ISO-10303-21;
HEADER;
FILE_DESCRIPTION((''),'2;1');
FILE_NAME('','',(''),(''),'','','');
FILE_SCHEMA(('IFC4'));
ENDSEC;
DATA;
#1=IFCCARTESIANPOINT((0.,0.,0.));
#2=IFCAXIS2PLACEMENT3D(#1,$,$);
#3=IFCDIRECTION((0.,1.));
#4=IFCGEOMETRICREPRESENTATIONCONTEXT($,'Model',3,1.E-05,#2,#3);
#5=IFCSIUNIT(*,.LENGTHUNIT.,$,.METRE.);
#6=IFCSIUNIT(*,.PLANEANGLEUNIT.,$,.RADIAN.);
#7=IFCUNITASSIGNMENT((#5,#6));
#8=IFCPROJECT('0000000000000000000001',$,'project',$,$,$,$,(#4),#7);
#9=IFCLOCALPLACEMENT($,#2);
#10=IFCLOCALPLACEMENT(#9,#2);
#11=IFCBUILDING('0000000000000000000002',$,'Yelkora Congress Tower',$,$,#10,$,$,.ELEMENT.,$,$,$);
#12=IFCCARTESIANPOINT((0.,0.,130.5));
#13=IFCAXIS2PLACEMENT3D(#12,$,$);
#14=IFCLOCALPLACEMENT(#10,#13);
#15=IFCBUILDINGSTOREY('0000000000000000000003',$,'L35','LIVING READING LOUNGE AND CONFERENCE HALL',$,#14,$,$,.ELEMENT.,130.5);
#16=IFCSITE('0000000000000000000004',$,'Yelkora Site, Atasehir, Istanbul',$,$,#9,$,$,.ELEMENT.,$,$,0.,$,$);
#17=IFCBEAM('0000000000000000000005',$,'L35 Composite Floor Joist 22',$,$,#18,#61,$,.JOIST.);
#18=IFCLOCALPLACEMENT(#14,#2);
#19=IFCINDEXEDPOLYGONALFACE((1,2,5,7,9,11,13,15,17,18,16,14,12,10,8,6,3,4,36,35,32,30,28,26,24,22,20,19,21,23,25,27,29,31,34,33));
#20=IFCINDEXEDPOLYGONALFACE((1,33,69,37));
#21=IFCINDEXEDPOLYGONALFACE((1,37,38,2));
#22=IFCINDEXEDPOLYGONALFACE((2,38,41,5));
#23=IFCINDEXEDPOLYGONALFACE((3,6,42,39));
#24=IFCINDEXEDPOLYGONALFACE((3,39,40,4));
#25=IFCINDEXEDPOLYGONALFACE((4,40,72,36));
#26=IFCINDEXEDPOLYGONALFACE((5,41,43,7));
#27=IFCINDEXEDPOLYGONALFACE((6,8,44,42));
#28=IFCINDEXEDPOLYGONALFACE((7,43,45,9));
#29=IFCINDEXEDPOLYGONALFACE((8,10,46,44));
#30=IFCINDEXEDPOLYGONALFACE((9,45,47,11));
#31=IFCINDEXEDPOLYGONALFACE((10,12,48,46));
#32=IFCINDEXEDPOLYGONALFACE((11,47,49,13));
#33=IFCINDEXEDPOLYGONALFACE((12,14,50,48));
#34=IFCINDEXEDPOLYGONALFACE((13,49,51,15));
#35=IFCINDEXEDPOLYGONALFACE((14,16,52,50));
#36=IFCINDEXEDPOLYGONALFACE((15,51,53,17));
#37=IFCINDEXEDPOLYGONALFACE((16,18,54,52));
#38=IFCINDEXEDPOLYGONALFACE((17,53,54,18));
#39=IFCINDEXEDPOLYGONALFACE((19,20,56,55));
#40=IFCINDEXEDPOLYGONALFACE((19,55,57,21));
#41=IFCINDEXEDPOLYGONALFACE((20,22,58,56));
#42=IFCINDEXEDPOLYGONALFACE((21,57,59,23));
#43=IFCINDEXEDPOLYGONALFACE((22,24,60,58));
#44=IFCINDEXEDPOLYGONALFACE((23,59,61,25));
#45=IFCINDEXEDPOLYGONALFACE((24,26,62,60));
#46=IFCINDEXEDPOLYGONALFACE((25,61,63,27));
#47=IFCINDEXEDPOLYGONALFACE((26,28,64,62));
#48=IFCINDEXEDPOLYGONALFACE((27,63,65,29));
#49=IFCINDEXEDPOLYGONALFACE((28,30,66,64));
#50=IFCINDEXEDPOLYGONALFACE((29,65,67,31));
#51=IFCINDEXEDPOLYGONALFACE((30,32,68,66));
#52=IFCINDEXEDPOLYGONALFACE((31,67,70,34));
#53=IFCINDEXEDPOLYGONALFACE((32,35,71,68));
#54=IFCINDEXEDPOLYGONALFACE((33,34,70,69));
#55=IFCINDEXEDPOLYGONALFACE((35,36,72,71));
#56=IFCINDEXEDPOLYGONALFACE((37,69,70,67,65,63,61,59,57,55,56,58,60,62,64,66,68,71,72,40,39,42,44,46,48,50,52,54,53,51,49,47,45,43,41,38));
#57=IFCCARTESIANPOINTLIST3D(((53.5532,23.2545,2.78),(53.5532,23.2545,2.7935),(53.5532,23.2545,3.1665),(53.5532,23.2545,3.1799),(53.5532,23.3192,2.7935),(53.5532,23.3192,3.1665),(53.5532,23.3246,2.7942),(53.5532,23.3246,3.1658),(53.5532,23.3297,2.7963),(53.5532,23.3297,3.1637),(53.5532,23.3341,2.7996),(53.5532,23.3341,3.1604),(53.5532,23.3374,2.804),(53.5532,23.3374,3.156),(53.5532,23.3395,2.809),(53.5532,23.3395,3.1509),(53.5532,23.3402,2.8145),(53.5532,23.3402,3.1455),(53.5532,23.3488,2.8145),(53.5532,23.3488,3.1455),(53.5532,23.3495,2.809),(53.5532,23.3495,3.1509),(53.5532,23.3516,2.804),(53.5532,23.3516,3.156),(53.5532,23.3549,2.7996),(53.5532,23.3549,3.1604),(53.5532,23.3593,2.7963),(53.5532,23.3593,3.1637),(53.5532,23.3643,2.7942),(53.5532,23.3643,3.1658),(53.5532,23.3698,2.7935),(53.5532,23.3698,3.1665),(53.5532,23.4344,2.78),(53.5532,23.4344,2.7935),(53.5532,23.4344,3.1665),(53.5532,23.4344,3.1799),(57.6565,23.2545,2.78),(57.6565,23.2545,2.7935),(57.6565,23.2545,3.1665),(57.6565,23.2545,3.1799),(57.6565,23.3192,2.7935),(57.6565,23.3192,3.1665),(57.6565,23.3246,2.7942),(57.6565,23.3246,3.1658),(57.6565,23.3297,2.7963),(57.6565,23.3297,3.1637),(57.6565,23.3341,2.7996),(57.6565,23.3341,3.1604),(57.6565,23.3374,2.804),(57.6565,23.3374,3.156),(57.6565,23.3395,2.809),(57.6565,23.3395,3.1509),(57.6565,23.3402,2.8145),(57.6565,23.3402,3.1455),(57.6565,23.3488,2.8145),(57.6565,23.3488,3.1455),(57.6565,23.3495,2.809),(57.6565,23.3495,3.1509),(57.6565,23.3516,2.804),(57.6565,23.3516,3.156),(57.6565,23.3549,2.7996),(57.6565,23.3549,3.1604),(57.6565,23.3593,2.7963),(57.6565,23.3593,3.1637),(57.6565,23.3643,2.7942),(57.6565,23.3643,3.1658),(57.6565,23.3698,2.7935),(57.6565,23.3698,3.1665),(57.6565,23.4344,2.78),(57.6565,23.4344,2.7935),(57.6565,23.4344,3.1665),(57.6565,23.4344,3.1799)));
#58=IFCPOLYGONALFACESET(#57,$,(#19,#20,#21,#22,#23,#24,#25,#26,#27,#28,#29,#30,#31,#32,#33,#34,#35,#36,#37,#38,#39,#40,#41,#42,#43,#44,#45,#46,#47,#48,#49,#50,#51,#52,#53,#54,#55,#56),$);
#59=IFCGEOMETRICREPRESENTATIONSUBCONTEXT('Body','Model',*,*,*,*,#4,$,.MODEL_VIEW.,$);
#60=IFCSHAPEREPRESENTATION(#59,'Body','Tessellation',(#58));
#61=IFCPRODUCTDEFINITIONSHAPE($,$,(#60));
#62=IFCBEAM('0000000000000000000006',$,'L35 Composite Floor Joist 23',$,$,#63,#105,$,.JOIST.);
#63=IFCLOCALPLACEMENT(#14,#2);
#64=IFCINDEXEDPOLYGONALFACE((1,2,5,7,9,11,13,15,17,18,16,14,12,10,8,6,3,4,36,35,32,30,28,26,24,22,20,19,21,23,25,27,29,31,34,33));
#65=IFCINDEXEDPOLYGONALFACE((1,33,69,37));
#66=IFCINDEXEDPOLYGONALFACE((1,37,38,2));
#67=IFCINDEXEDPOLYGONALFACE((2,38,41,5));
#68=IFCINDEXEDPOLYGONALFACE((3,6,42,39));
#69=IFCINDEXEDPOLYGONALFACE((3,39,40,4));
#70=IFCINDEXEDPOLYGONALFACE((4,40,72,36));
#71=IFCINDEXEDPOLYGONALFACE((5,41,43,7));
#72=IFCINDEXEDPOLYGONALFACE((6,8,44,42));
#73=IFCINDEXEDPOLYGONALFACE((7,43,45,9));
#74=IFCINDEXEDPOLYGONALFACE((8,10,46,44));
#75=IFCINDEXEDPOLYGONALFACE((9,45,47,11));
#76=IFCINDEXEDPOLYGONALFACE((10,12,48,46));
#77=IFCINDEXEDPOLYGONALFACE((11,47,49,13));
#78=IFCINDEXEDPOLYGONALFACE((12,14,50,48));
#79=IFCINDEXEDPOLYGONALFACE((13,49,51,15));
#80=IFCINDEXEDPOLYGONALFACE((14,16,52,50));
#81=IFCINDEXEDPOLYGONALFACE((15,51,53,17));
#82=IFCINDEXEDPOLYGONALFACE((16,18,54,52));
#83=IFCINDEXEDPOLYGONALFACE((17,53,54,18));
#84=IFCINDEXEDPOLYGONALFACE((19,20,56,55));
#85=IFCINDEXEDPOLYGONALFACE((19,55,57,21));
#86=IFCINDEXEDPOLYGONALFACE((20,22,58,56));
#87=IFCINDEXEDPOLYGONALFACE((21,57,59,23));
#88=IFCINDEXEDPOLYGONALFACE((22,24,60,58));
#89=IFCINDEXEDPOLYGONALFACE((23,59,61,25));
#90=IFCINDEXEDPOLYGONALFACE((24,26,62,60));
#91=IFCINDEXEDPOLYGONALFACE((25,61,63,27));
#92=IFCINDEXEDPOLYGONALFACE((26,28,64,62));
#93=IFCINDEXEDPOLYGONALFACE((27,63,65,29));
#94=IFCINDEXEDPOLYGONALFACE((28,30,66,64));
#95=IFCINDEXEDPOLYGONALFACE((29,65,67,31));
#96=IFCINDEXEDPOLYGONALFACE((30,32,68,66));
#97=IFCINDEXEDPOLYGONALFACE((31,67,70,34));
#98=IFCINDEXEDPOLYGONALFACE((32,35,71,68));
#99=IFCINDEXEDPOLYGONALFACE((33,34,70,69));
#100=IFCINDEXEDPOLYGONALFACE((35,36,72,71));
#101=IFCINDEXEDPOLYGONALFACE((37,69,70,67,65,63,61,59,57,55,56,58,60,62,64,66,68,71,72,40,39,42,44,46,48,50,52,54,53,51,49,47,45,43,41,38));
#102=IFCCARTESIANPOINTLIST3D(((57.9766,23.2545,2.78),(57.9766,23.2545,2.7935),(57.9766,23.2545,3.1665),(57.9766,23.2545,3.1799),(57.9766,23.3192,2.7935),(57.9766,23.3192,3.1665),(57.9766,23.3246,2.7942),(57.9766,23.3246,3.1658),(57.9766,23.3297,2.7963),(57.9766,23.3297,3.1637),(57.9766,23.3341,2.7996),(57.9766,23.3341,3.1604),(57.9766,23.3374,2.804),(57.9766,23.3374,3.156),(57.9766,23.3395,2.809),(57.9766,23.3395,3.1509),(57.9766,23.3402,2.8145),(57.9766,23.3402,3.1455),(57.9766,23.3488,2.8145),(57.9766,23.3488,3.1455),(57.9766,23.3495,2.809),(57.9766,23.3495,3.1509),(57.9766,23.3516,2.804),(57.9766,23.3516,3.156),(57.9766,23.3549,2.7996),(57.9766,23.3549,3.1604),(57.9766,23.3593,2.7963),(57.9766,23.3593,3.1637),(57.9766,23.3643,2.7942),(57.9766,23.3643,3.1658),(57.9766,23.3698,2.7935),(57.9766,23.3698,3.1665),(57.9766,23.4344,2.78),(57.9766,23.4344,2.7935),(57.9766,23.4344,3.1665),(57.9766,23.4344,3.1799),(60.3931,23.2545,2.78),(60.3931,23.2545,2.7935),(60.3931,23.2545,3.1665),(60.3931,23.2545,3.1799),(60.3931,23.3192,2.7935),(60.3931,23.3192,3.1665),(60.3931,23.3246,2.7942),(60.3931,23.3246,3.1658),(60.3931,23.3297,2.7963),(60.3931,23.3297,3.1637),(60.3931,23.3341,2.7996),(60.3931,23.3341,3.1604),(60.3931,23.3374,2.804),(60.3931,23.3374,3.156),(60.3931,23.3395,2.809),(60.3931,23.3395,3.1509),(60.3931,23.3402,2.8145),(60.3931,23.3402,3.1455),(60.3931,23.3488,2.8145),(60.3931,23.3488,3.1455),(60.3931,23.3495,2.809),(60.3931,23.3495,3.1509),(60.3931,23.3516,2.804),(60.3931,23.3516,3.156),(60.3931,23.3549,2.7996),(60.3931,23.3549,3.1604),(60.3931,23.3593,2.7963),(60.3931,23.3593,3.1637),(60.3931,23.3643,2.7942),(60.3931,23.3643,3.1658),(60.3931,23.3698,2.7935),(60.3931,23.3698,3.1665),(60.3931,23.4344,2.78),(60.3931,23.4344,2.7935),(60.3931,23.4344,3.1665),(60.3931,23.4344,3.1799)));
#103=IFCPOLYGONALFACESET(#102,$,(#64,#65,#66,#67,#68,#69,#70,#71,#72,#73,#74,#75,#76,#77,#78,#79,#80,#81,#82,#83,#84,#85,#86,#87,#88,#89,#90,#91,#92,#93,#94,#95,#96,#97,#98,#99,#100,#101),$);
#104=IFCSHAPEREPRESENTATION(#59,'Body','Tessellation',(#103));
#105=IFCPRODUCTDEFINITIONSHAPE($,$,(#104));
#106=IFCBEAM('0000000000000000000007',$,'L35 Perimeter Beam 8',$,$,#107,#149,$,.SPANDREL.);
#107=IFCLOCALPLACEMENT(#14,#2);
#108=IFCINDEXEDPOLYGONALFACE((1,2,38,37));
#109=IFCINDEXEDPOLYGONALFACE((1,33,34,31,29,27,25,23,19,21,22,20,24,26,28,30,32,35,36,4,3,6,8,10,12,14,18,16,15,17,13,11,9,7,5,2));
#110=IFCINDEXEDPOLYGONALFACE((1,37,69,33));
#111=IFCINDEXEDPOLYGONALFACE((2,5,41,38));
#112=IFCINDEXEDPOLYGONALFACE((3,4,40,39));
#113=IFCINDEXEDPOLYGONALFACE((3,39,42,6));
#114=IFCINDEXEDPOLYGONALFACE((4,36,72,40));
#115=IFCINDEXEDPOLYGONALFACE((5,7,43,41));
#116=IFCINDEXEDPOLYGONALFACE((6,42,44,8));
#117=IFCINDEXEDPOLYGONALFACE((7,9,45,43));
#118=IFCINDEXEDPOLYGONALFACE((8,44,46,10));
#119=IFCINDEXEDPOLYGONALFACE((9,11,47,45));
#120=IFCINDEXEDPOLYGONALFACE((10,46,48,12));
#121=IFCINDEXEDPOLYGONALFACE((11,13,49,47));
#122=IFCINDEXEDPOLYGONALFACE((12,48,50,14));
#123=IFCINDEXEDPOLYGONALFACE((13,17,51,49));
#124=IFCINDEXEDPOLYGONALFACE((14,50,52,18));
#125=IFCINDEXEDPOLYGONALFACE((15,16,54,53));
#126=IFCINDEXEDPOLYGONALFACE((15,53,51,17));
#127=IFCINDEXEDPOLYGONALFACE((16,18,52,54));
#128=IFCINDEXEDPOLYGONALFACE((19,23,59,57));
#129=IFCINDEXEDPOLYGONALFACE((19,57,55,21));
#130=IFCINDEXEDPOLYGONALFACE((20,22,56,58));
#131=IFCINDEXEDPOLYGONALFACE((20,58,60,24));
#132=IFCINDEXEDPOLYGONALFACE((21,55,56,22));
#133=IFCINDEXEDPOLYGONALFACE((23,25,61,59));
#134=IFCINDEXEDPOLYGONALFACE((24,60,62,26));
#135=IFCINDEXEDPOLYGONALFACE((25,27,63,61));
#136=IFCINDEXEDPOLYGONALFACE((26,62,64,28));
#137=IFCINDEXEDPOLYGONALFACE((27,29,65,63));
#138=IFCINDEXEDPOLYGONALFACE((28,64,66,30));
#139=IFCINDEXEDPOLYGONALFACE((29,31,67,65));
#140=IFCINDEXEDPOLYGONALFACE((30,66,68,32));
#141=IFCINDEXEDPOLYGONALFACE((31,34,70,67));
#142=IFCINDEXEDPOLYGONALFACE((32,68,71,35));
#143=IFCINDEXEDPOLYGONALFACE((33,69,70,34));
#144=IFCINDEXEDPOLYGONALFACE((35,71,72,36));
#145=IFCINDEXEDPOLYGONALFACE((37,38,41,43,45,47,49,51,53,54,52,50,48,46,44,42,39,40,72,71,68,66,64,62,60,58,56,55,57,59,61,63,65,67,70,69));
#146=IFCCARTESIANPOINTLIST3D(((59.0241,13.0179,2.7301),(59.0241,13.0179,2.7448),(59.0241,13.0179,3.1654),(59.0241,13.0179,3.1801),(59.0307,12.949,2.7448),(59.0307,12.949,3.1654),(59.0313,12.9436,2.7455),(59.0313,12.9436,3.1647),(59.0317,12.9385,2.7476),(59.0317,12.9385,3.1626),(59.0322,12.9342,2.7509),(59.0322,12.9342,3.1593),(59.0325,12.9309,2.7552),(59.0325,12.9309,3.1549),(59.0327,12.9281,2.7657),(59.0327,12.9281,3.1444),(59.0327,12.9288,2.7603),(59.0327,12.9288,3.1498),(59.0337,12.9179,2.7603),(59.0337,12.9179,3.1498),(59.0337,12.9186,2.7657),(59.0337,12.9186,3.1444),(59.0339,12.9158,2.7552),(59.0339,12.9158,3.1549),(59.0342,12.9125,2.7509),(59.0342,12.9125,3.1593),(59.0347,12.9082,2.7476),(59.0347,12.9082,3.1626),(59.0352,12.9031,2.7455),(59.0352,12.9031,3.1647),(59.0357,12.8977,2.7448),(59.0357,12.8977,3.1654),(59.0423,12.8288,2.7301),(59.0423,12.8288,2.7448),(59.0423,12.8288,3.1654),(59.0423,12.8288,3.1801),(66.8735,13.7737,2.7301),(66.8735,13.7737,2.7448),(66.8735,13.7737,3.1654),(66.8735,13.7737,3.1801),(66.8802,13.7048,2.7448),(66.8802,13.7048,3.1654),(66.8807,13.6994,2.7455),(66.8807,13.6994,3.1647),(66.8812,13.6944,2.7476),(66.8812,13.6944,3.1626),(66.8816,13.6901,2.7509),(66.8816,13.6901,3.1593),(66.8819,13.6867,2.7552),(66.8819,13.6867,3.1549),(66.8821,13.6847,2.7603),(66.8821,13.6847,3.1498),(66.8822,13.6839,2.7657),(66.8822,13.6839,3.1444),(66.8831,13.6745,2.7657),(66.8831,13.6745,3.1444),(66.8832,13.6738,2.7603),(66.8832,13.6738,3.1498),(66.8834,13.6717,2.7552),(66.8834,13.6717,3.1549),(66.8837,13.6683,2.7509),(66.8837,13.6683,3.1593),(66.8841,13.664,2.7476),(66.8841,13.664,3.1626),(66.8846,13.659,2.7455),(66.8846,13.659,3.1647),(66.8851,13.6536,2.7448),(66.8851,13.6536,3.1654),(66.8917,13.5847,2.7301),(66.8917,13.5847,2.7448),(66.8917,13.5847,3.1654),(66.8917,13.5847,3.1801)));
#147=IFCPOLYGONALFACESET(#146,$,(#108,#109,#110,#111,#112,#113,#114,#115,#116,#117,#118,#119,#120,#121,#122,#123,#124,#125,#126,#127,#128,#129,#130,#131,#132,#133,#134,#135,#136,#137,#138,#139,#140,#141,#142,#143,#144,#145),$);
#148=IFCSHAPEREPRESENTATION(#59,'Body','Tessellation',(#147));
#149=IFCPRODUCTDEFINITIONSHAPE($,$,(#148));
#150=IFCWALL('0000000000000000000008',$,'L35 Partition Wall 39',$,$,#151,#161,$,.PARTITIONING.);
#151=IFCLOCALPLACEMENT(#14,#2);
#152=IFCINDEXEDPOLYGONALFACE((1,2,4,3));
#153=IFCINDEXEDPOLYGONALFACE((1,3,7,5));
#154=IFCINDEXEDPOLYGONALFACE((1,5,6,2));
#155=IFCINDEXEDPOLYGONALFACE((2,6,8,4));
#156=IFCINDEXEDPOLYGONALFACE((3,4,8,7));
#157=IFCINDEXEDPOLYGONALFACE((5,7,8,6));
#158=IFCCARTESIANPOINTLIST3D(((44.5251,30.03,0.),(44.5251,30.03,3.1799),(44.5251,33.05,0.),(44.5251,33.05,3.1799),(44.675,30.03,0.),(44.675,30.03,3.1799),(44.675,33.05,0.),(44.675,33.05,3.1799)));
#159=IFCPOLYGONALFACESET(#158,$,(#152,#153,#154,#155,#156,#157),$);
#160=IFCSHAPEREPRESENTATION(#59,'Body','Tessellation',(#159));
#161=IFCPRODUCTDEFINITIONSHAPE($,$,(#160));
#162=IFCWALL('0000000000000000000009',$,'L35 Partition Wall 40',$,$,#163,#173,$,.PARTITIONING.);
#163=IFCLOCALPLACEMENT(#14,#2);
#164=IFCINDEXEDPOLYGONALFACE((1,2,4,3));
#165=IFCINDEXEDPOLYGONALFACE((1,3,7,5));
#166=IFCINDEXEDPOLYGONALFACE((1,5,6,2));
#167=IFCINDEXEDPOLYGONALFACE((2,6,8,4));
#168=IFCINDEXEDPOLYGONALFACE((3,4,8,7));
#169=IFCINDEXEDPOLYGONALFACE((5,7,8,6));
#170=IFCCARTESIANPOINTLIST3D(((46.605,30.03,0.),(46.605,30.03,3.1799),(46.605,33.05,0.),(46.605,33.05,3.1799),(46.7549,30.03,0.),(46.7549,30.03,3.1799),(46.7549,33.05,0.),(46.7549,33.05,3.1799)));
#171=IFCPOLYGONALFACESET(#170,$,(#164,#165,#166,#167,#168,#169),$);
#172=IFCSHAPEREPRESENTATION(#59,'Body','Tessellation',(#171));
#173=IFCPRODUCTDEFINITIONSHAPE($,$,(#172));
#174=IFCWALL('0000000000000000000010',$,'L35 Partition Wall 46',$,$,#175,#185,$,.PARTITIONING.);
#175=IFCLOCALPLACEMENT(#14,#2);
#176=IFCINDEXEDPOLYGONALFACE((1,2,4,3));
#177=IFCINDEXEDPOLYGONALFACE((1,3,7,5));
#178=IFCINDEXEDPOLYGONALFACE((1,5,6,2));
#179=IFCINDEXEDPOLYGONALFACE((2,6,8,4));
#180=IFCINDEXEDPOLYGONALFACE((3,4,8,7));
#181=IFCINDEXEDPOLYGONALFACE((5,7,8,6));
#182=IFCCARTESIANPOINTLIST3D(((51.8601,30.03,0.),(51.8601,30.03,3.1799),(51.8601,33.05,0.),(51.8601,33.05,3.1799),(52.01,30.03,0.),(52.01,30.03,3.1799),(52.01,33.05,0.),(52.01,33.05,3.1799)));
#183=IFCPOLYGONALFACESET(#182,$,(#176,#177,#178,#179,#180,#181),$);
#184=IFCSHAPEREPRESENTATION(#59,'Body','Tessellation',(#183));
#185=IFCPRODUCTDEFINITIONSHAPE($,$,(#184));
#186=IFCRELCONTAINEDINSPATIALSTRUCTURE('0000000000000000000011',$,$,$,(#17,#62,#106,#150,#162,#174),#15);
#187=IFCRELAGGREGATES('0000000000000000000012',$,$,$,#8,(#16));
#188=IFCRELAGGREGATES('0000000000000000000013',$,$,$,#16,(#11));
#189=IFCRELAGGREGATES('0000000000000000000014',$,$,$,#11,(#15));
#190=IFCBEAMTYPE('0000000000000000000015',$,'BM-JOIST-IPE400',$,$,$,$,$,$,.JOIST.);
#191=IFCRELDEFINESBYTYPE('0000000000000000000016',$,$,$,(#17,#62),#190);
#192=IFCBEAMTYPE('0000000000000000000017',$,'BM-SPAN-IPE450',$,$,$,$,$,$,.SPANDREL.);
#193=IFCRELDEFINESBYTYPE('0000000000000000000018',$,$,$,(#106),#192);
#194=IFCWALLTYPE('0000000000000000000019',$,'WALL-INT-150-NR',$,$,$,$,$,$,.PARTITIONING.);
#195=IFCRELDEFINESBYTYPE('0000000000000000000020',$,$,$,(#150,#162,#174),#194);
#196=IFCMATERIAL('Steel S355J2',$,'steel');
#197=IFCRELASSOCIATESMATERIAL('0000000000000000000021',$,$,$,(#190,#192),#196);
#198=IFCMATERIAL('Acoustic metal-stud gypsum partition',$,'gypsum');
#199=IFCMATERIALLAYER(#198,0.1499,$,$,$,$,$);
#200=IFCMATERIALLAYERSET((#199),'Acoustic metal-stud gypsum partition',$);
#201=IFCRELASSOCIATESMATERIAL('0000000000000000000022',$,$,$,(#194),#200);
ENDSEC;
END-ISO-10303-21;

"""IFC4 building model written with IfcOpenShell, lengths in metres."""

from ifc_helpers import new_model, si_unit, direction, frame, frame_2d, origin, origin_2d, place, context, subcontext, project, spatial, rectangle, i_section, extrude, material, layer, layer_set, material_profile, profile_set, type_object, element, save


model = new_model("IFC4")

# Units and contexts
model_context = context("Model", 3, precision=1e-05, world=origin(), true_north=direction((0.0, 1.0)))
body_context = subcontext(model_context, "Body", "Model", "MODEL_VIEW")
ifc_project = project(units=[si_unit("LENGTHUNIT", "METRE"), si_unit("PLANEANGLEUNIT", "RADIAN")], contexts=[model_context])

# Site, building, storey
site_placement = place(None, origin())
site = spatial("IfcSite", under=ifc_project, at=site_placement, Name="Yelkora Site, Atasehir, Istanbul", CompositionType="ELEMENT", RefElevation=0.0)
building_placement = place(site_placement, origin())
building = spatial("IfcBuilding", under=site, at=building_placement, Name="Yelkora Congress Tower", CompositionType="ELEMENT")
storey_placement = place(building_placement, frame((0.0, 0.0, 130.5)))
storey = spatial("IfcBuildingStorey", under=building, at=storey_placement, Name="L35", Description="LIVING READING LOUNGE AND CONFERENCE HALL", CompositionType="ELEMENT", Elevation=130.5)

# Beams
ifc_material_1 = material(Name="Steel S355J2", Category="steel")
ifc_material_profile_1 = material_profile(ifc_material_1, i_section(OverallWidth=0.1799, OverallDepth=0.3999, WebThickness=0.0085, FlangeThickness=0.0134, FilletRadius=0.021, at=origin_2d()), Name="IPE 400")
ifc_profile_set_1 = profile_set([ifc_material_profile_1], Name="Steel S355J2")
beam_type_1 = type_object("IfcBeamType", Name="BM-JOIST-IPE400", PredefinedType="JOIST", material=ifc_profile_set_1)
beam_1_placement = place(storey_placement, frame((53.5532, 23.3445, 2.98), z_axis=(1.0, 0.0, 0.0), x_axis=(0.0, 1.0, 0.0)))
element("IfcBeam", 1, at=beam_1_placement, inside=storey, type_object=beam_type_1, Name="L35 Composite Floor Joist 22", PredefinedType="JOIST", context=body_context, shape_type="SweptSolid", body=[
    extrude(i_section(OverallWidth=0.1799, OverallDepth=0.3999, WebThickness=0.0085, FlangeThickness=0.0134, FilletRadius=0.021, at=origin_2d()), origin(), (0.0, 0.0, 1.0), 4.1033),
])
beam_2_placement = place(storey_placement, frame((57.9766, 23.3445, 2.98), z_axis=(1.0, 0.0, 0.0), x_axis=(0.0, 1.0, 0.0)))
element("IfcBeam", 2, at=beam_2_placement, inside=storey, type_object=beam_type_1, Name="L35 Composite Floor Joist 23", PredefinedType="JOIST", context=body_context, shape_type="SweptSolid", body=[
    extrude(i_section(OverallWidth=0.1799, OverallDepth=0.3999, WebThickness=0.0085, FlangeThickness=0.0134, FilletRadius=0.021, at=origin_2d()), origin(), (0.0, 0.0, 1.0), 2.4165),
])
ifc_material_profile_2 = material_profile(ifc_material_1, i_section(OverallWidth=0.1899, OverallDepth=0.45, WebThickness=0.0095, FlangeThickness=0.0146, FilletRadius=0.021, at=origin_2d()), Name="IPE 450")
ifc_profile_set_2 = profile_set([ifc_material_profile_2], Name="Steel S355J2")
beam_type_2 = type_object("IfcBeamType", Name="BM-SPAN-IPE450", PredefinedType="SPANDREL", material=ifc_profile_set_2)
beam_3_placement = place(storey_placement, frame((59.0332, 12.9233, 2.9551), z_axis=(0.995396, 0.095852, 0.0), x_axis=(-0.095852, 0.995396, 0.0)))
element("IfcBeam", 3, at=beam_3_placement, inside=storey, type_object=beam_type_2, Name="L35 Perimeter Beam 8", PredefinedType="SPANDREL", context=body_context, shape_type="SweptSolid", body=[
    extrude(i_section(OverallWidth=0.1899, OverallDepth=0.45, WebThickness=0.0095, FlangeThickness=0.0146, FilletRadius=0.021, at=origin_2d()), origin(), (0.0, 0.0, 1.0), 7.8857),
])

# Walls
ifc_material_2 = material(Name="Acoustic metal-stud gypsum partition", Category="gypsum")
ifc_layer = layer(ifc_material_2, 0.1499)
ifc_layer_set = layer_set([ifc_layer], Name="Acoustic metal-stud gypsum partition")
wall_type = type_object("IfcWallType", Name="WALL-INT-150-NR", PredefinedType="PARTITIONING", material=ifc_layer_set)
for number, where, z_axis, x_axis, name in (
    (4, (44.6001, 30.03, 0.0), (0.0, 0.0, 1.0), (0.0, 1.0, 0.0), "L35 Partition Wall 39"),
    (5, (46.6799, 30.03, 0.0), (0.0, 0.0, 1.0), (0.0, 1.0, 0.0), "L35 Partition Wall 40"),
    (6, (51.9351, 30.03, 0.0), (0.0, 0.0, 1.0), (0.0, 1.0, 0.0), "L35 Partition Wall 46"),
):
    element("IfcWall", number, at=place(storey_placement, frame(where, z_axis=z_axis, x_axis=x_axis)), inside=storey, type_object=wall_type, Name=name, PredefinedType="PARTITIONING", context=body_context, shape_type="SweptSolid", body=[
        extrude(rectangle(XDim=3.02, YDim=0.1499, at=frame_2d((1.51, 0.0))), origin(), (0.0, 0.0, 1.0), 3.1799),
    ])

save(model, "model.ifc")
